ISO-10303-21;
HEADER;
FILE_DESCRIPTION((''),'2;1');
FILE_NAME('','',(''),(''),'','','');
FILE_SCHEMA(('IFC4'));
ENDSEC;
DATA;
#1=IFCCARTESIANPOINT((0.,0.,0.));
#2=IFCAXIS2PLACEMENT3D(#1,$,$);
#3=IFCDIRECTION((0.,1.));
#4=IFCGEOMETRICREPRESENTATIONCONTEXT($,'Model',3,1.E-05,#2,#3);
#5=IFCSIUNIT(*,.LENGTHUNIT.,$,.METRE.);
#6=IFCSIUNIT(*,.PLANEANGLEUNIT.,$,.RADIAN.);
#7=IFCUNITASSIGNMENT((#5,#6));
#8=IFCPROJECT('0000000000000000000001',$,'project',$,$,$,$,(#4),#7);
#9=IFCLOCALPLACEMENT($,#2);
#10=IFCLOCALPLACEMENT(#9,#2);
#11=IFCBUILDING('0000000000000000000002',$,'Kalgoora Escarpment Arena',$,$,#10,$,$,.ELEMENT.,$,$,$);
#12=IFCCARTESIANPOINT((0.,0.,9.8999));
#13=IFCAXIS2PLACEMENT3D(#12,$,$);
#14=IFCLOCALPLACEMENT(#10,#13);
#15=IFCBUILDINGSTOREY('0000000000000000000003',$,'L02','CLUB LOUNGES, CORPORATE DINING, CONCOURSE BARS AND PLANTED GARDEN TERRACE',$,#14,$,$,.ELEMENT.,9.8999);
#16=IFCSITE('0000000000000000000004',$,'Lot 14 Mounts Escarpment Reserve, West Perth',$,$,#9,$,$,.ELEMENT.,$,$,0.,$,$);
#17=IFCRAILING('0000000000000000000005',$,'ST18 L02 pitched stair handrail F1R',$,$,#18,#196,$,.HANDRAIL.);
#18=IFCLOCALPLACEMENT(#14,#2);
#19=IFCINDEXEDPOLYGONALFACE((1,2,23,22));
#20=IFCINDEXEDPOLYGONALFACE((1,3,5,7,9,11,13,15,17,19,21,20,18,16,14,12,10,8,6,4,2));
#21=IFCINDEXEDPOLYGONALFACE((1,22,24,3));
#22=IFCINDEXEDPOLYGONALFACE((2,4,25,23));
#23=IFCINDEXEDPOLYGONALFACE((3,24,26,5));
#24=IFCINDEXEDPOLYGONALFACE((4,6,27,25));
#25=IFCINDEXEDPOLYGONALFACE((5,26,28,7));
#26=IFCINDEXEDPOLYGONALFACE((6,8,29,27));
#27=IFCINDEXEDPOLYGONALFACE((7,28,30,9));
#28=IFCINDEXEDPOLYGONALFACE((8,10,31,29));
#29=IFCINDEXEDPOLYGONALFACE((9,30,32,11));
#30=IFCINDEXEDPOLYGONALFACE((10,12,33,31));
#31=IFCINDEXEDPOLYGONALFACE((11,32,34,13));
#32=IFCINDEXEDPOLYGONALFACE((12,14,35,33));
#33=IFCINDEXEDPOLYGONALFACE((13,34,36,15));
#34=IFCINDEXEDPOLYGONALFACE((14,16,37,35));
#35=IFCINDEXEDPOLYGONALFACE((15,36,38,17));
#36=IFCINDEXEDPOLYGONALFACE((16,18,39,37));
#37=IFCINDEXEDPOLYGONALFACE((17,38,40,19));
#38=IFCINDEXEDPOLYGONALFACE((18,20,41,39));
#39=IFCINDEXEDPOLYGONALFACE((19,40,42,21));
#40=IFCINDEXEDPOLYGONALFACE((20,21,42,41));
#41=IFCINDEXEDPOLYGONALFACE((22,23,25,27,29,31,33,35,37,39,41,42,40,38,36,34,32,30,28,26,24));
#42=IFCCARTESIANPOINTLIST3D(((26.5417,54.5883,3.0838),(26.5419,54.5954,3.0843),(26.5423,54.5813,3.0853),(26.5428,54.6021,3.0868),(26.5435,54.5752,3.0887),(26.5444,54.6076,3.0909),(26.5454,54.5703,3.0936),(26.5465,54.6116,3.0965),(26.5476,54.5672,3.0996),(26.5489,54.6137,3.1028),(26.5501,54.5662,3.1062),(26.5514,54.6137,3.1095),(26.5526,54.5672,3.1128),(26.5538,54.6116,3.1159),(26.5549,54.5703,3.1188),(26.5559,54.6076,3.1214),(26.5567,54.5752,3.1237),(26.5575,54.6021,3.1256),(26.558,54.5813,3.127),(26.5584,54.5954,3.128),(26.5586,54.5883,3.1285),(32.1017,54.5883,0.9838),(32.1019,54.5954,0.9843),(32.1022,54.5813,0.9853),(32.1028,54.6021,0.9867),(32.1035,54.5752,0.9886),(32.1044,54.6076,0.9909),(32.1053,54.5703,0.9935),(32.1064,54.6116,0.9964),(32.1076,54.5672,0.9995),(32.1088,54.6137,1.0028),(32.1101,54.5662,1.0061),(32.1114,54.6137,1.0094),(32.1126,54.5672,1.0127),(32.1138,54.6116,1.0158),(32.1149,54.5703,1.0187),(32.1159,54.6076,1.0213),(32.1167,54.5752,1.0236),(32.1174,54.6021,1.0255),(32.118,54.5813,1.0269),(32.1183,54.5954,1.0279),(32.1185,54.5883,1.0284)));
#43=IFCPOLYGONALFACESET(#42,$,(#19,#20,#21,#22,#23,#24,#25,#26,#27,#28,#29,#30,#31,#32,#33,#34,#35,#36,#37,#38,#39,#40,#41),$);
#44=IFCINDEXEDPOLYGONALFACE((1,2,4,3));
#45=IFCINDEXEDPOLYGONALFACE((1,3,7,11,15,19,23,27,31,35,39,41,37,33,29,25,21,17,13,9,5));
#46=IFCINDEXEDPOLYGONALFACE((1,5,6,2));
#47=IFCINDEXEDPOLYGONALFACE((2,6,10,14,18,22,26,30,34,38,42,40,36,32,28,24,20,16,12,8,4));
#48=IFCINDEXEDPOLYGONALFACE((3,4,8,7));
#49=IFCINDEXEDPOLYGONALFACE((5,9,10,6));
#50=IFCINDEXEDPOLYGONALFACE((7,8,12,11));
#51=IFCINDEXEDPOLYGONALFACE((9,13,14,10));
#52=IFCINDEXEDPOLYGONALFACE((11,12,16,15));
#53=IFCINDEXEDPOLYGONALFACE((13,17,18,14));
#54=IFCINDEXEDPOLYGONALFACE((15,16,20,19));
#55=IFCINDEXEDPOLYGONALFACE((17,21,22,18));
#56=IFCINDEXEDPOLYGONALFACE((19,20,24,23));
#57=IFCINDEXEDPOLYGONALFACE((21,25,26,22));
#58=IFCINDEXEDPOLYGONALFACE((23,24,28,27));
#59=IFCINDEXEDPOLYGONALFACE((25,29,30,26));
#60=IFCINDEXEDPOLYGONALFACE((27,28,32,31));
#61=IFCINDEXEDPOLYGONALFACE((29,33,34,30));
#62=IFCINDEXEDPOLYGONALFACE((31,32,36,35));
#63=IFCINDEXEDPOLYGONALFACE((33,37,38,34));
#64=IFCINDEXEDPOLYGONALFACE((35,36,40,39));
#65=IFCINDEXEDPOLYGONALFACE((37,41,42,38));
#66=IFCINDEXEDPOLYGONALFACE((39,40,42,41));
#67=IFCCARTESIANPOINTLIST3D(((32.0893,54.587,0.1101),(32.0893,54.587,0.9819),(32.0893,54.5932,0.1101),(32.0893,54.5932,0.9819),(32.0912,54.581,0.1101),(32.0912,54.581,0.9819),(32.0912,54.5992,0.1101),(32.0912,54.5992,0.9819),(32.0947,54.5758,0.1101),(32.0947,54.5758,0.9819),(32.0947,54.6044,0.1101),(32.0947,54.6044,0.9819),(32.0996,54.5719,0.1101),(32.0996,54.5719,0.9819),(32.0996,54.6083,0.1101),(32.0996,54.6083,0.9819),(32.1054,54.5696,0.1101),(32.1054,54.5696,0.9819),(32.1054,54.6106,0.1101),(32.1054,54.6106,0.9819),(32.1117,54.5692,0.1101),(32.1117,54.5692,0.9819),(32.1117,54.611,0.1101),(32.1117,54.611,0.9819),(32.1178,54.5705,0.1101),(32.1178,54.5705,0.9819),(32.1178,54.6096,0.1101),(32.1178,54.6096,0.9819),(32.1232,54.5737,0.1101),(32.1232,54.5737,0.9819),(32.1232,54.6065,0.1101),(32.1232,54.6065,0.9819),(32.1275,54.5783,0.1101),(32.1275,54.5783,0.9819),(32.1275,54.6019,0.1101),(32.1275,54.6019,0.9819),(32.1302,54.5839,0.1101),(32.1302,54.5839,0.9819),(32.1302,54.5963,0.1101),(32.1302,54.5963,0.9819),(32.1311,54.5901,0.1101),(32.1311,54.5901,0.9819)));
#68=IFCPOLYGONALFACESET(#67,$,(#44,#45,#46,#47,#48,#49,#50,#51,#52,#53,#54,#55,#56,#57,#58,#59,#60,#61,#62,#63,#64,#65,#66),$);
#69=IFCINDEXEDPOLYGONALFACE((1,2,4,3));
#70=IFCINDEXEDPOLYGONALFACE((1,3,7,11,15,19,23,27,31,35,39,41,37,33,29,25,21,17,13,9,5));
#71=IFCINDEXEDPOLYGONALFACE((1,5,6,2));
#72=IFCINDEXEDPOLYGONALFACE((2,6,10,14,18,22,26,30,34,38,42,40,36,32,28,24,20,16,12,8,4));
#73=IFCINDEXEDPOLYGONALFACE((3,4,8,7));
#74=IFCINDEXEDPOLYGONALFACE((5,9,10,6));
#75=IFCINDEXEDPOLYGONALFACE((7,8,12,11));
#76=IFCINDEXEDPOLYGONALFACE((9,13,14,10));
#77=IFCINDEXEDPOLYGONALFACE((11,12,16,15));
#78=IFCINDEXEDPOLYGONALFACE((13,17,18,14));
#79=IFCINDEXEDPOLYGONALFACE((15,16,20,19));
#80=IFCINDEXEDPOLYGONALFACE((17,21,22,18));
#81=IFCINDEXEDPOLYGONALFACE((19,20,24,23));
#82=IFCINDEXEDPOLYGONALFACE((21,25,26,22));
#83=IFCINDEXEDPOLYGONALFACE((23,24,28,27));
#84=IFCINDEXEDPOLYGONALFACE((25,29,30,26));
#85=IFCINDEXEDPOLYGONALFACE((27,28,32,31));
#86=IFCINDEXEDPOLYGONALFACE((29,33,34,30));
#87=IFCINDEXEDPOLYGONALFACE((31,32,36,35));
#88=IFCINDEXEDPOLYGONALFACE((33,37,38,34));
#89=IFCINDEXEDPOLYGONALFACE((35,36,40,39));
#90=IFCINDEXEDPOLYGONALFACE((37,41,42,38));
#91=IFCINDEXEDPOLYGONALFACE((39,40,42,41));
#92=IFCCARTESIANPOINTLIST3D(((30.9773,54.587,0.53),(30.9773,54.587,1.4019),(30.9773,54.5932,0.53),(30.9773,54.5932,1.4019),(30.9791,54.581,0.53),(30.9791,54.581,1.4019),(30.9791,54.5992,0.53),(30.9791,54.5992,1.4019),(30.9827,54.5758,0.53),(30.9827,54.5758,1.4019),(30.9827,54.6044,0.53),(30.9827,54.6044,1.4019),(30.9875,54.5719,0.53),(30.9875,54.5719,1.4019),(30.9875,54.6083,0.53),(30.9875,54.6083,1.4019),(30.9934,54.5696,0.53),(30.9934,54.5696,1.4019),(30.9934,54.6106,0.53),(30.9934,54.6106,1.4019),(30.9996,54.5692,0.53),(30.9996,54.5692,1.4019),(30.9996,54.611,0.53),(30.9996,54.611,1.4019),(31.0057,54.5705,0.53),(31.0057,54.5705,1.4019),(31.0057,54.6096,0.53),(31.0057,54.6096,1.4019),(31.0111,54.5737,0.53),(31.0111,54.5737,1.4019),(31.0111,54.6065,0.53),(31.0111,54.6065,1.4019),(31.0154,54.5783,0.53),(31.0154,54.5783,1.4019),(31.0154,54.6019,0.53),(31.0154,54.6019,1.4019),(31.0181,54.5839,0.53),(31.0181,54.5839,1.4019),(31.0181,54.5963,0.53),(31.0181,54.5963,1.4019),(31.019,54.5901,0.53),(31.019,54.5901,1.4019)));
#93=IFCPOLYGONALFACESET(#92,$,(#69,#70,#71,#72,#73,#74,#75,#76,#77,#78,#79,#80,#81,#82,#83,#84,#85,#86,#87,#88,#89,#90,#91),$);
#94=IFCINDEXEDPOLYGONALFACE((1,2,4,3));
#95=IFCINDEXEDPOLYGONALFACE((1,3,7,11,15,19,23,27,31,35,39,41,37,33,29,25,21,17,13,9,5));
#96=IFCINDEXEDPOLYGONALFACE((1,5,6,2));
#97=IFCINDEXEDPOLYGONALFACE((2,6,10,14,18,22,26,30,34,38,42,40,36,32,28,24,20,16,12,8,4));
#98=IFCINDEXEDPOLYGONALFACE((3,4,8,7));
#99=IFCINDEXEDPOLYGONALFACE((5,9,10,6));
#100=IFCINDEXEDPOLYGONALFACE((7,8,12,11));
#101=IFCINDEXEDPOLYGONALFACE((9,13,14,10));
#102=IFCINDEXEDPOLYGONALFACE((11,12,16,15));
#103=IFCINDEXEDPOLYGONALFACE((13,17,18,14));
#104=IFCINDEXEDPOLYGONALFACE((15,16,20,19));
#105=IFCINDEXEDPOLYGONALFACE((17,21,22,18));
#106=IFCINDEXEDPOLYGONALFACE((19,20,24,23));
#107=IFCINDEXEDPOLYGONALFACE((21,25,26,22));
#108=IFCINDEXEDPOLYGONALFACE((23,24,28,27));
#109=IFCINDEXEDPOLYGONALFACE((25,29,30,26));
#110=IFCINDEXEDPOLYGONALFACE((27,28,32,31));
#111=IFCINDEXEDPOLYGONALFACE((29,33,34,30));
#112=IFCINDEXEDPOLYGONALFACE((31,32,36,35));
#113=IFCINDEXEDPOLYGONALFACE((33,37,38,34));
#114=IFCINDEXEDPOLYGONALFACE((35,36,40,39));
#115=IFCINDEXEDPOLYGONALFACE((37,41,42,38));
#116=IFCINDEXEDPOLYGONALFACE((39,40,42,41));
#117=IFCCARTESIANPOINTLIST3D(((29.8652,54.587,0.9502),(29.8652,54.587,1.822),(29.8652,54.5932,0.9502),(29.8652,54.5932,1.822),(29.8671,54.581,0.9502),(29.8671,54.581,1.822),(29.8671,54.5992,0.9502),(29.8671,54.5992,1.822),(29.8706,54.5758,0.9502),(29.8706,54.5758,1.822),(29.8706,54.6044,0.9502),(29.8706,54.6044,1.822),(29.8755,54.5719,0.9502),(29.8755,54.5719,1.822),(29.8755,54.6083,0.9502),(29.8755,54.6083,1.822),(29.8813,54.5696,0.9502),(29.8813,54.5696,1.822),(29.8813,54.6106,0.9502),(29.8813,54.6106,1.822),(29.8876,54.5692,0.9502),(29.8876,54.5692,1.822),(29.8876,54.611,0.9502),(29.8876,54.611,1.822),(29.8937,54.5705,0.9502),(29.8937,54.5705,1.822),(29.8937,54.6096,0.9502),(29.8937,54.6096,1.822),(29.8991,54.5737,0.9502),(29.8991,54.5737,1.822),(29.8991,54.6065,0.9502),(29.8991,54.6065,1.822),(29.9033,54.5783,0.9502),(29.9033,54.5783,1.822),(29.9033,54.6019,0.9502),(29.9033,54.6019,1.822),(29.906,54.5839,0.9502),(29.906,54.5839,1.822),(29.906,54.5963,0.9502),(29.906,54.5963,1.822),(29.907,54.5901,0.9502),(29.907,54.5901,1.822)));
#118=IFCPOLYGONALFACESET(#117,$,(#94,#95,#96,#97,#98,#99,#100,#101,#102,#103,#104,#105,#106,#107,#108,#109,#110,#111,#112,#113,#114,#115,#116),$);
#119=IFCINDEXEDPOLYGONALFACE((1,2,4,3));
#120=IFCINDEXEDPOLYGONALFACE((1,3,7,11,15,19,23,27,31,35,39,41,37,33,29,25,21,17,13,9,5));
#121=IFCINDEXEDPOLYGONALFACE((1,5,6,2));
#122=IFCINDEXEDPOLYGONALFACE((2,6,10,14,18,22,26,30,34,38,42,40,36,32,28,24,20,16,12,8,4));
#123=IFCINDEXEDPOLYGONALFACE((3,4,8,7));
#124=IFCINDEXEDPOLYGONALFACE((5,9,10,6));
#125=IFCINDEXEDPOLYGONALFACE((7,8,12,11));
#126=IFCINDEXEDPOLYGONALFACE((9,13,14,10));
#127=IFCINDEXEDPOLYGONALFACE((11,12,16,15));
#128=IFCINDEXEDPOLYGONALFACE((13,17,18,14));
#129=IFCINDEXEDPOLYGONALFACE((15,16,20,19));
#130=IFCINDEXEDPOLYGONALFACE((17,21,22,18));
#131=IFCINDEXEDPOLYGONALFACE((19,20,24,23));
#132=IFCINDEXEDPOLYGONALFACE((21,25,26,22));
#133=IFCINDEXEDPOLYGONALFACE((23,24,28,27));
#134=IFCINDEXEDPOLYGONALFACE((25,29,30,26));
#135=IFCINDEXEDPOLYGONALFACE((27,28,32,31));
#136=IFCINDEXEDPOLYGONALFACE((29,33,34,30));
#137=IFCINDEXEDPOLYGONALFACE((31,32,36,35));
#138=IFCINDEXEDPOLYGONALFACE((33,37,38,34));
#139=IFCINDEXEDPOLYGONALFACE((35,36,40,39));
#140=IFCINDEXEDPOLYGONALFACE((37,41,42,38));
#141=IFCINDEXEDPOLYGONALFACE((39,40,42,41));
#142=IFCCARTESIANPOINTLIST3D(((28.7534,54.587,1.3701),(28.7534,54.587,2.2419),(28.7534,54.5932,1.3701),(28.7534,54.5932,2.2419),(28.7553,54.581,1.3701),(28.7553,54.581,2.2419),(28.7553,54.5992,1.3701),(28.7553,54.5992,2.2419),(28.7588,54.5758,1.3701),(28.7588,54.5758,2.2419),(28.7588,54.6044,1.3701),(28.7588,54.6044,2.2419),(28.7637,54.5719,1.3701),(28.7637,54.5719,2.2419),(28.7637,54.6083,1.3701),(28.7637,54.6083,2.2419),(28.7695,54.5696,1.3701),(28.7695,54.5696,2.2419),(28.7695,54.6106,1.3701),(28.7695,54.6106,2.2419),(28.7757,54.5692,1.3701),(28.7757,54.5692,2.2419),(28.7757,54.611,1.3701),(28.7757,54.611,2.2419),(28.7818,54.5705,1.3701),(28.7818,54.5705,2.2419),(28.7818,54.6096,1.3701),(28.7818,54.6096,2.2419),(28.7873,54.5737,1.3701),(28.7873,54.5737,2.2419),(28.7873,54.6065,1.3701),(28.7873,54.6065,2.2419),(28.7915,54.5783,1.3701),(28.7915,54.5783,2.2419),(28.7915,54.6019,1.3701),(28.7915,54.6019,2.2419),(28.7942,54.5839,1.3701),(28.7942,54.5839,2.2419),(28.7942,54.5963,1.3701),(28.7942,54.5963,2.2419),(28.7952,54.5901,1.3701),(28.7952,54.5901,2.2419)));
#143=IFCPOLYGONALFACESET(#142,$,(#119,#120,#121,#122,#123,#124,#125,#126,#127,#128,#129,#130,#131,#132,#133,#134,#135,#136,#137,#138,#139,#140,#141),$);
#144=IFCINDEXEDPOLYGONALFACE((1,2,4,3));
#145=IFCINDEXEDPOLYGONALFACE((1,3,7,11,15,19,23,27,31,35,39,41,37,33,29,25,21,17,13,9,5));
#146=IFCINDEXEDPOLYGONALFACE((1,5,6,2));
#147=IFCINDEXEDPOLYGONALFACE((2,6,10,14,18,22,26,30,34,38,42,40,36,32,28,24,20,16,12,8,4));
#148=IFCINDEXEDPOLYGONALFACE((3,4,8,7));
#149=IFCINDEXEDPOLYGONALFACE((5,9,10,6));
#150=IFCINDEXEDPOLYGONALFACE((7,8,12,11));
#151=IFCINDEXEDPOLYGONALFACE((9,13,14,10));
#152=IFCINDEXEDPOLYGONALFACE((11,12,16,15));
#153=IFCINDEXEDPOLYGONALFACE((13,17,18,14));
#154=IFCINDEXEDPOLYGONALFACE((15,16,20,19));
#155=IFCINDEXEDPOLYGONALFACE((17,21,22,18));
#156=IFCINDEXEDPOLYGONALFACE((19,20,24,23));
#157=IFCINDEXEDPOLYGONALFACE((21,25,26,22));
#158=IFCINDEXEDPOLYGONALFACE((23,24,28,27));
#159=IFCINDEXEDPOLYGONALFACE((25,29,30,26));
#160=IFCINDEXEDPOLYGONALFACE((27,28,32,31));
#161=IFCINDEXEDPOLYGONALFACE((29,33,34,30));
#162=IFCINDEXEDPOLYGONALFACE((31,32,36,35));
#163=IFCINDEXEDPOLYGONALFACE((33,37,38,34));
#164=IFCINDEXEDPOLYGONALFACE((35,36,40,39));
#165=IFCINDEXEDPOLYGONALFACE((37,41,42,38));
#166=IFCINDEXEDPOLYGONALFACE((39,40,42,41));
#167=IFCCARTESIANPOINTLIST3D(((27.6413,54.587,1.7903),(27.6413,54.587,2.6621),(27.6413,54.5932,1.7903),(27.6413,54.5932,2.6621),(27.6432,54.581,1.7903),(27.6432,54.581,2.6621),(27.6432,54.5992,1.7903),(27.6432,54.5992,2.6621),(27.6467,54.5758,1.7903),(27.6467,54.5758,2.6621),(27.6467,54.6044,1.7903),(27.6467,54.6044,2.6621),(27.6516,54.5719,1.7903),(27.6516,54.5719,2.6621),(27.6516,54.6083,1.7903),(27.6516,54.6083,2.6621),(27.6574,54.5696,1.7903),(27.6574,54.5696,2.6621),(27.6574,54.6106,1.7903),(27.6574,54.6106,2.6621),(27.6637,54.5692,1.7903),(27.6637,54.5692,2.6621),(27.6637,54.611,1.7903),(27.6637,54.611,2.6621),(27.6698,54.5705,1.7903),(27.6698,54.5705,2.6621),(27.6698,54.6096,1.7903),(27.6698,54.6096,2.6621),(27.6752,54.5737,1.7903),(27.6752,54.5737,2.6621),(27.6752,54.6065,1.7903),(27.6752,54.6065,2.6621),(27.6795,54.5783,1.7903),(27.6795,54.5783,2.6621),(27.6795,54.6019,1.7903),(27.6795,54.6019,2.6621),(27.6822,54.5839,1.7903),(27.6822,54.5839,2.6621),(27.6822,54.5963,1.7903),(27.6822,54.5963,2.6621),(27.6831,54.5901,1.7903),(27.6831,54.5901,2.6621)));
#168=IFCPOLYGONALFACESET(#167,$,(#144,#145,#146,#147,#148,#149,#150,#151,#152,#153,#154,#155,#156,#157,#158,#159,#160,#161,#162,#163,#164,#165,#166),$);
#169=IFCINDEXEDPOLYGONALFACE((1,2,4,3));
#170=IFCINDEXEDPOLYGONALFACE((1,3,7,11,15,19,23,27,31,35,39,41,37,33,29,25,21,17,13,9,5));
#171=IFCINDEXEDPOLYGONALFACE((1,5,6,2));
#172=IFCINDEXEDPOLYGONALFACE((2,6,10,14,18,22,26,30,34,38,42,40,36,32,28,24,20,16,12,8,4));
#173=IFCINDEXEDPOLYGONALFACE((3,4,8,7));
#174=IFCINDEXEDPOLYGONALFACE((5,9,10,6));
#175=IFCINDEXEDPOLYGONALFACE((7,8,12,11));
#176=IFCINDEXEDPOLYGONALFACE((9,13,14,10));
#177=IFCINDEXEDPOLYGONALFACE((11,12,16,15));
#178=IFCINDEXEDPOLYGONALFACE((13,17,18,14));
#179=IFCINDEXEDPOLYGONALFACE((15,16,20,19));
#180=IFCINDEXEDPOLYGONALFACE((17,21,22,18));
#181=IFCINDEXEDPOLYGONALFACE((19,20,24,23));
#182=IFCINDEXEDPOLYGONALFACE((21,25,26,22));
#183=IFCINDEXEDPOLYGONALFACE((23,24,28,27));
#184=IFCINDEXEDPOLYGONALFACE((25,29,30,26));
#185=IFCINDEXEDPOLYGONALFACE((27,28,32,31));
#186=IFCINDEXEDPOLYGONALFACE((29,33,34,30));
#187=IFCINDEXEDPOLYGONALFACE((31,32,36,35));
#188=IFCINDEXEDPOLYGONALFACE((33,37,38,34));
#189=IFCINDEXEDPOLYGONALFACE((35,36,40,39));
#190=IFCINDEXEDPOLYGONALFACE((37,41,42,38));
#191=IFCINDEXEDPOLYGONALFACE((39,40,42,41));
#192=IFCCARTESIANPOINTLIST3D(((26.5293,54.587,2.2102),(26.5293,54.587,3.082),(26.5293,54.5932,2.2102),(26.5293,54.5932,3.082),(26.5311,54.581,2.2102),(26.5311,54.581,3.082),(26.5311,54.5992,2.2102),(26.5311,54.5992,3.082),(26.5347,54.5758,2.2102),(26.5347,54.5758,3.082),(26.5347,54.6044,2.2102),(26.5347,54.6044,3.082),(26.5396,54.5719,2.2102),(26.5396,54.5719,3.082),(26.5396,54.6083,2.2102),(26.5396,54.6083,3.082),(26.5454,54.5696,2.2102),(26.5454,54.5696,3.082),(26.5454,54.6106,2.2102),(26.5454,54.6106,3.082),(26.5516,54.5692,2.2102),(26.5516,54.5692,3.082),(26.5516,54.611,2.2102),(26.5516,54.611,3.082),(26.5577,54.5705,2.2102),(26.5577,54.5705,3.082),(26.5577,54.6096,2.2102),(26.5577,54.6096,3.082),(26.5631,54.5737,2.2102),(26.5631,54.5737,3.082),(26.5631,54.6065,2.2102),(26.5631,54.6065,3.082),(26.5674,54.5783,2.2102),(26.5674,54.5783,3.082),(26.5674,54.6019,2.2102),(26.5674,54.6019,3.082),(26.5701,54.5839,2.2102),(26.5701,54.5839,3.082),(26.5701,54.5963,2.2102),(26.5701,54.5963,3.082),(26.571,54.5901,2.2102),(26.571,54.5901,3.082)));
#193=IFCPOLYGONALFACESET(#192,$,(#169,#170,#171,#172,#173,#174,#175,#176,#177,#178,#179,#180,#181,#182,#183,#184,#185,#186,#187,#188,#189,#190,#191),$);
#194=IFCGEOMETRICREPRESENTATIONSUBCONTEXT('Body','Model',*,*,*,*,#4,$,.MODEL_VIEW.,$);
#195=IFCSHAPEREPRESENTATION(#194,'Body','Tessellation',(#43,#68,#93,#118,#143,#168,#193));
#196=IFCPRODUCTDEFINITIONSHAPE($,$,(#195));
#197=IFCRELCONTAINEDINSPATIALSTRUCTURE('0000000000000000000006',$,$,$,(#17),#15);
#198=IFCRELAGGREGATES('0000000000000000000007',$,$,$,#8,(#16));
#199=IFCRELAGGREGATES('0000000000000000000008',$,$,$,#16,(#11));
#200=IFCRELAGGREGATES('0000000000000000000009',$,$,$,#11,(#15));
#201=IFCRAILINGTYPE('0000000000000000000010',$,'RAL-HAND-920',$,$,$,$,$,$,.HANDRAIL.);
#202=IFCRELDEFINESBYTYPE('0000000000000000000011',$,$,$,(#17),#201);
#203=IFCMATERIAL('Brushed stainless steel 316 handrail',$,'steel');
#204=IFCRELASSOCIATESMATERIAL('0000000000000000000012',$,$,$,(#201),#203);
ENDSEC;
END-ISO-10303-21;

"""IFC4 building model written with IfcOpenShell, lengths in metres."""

from ifc_helpers import new_model, si_unit, direction, frame, origin, origin_2d, place, context, subcontext, project, spatial, circle, extrude, material, type_object, element, save


model = new_model("IFC4")

# Units and contexts
model_context = context("Model", 3, precision=1e-05, world=origin(), true_north=direction((0.0, 1.0)))
body_context = subcontext(model_context, "Body", "Model", "MODEL_VIEW")
ifc_project = project(units=[si_unit("LENGTHUNIT", "METRE"), si_unit("PLANEANGLEUNIT", "RADIAN")], contexts=[model_context])

# Site, building, storey
site_placement = place(None, origin())
site = spatial("IfcSite", under=ifc_project, at=site_placement, Name="Lot 14 Mounts Escarpment Reserve, West Perth", CompositionType="ELEMENT", RefElevation=0.0)
building_placement = place(site_placement, origin())
building = spatial("IfcBuilding", under=site, at=building_placement, Name="Kalgoora Escarpment Arena", CompositionType="ELEMENT")
storey_placement = place(building_placement, frame((0.0, 0.0, 9.8999)))
storey = spatial("IfcBuildingStorey", under=building, at=storey_placement, Name="L02", Description="CLUB LOUNGES, CORPORATE DINING, CONCOURSE BARS AND PLANTED GARDEN TERRACE", CompositionType="ELEMENT", Elevation=9.8999)

# Railing
ifc_material_1 = material(Name="Brushed stainless steel 316 handrail", Category="steel")
railing_type_1 = type_object("IfcRailingType", Name="RAL-HAND-920", PredefinedType="HANDRAIL", material=ifc_material_1)
for number, where, name in (
    (1, (32.1101, 54.5901, 0.1101), "ST18 L02 pitched stair handrail F1R"),
):
    element("IfcRailing", number, at=place(storey_placement, frame(where)), inside=storey, type_object=railing_type_1, Name=name, PredefinedType="HANDRAIL", context=body_context, shape_type="SweptSolid", body=[
        extrude(circle(Radius=0.0239, at=origin_2d()), frame((0.0, 0.0, 0.896), z_axis=(-0.935493, 0.0, 0.353346), x_axis=(0.0, -1.0, 0.0)), (0.0, 0.0, 1.0), 5.9434),
        extrude(circle(Radius=0.021, at=origin_2d()), origin(), (0.0, 0.0, 1.0), 0.8718),
        extrude(circle(Radius=0.021, at=origin_2d()), frame((-1.1121, 0.0, 0.4199)), (0.0, 0.0, 1.0), 0.8718),
        extrude(circle(Radius=0.021, at=origin_2d()), frame((-2.2241, 0.0, 0.8401)), (0.0, 0.0, 1.0), 0.8718),
        extrude(circle(Radius=0.021, at=origin_2d()), frame((-3.3359, 0.0, 1.26)), (0.0, 0.0, 1.0), 0.8718),
        extrude(circle(Radius=0.021, at=origin_2d()), frame((-4.448, 0.0, 1.6802)), (0.0, 0.0, 1.0), 0.8718),
        extrude(circle(Radius=0.021, at=origin_2d()), frame((-5.5601, 0.0, 2.1001)), (0.0, 0.0, 1.0), 0.8718),
    ])

save(model, "model.ifc")
